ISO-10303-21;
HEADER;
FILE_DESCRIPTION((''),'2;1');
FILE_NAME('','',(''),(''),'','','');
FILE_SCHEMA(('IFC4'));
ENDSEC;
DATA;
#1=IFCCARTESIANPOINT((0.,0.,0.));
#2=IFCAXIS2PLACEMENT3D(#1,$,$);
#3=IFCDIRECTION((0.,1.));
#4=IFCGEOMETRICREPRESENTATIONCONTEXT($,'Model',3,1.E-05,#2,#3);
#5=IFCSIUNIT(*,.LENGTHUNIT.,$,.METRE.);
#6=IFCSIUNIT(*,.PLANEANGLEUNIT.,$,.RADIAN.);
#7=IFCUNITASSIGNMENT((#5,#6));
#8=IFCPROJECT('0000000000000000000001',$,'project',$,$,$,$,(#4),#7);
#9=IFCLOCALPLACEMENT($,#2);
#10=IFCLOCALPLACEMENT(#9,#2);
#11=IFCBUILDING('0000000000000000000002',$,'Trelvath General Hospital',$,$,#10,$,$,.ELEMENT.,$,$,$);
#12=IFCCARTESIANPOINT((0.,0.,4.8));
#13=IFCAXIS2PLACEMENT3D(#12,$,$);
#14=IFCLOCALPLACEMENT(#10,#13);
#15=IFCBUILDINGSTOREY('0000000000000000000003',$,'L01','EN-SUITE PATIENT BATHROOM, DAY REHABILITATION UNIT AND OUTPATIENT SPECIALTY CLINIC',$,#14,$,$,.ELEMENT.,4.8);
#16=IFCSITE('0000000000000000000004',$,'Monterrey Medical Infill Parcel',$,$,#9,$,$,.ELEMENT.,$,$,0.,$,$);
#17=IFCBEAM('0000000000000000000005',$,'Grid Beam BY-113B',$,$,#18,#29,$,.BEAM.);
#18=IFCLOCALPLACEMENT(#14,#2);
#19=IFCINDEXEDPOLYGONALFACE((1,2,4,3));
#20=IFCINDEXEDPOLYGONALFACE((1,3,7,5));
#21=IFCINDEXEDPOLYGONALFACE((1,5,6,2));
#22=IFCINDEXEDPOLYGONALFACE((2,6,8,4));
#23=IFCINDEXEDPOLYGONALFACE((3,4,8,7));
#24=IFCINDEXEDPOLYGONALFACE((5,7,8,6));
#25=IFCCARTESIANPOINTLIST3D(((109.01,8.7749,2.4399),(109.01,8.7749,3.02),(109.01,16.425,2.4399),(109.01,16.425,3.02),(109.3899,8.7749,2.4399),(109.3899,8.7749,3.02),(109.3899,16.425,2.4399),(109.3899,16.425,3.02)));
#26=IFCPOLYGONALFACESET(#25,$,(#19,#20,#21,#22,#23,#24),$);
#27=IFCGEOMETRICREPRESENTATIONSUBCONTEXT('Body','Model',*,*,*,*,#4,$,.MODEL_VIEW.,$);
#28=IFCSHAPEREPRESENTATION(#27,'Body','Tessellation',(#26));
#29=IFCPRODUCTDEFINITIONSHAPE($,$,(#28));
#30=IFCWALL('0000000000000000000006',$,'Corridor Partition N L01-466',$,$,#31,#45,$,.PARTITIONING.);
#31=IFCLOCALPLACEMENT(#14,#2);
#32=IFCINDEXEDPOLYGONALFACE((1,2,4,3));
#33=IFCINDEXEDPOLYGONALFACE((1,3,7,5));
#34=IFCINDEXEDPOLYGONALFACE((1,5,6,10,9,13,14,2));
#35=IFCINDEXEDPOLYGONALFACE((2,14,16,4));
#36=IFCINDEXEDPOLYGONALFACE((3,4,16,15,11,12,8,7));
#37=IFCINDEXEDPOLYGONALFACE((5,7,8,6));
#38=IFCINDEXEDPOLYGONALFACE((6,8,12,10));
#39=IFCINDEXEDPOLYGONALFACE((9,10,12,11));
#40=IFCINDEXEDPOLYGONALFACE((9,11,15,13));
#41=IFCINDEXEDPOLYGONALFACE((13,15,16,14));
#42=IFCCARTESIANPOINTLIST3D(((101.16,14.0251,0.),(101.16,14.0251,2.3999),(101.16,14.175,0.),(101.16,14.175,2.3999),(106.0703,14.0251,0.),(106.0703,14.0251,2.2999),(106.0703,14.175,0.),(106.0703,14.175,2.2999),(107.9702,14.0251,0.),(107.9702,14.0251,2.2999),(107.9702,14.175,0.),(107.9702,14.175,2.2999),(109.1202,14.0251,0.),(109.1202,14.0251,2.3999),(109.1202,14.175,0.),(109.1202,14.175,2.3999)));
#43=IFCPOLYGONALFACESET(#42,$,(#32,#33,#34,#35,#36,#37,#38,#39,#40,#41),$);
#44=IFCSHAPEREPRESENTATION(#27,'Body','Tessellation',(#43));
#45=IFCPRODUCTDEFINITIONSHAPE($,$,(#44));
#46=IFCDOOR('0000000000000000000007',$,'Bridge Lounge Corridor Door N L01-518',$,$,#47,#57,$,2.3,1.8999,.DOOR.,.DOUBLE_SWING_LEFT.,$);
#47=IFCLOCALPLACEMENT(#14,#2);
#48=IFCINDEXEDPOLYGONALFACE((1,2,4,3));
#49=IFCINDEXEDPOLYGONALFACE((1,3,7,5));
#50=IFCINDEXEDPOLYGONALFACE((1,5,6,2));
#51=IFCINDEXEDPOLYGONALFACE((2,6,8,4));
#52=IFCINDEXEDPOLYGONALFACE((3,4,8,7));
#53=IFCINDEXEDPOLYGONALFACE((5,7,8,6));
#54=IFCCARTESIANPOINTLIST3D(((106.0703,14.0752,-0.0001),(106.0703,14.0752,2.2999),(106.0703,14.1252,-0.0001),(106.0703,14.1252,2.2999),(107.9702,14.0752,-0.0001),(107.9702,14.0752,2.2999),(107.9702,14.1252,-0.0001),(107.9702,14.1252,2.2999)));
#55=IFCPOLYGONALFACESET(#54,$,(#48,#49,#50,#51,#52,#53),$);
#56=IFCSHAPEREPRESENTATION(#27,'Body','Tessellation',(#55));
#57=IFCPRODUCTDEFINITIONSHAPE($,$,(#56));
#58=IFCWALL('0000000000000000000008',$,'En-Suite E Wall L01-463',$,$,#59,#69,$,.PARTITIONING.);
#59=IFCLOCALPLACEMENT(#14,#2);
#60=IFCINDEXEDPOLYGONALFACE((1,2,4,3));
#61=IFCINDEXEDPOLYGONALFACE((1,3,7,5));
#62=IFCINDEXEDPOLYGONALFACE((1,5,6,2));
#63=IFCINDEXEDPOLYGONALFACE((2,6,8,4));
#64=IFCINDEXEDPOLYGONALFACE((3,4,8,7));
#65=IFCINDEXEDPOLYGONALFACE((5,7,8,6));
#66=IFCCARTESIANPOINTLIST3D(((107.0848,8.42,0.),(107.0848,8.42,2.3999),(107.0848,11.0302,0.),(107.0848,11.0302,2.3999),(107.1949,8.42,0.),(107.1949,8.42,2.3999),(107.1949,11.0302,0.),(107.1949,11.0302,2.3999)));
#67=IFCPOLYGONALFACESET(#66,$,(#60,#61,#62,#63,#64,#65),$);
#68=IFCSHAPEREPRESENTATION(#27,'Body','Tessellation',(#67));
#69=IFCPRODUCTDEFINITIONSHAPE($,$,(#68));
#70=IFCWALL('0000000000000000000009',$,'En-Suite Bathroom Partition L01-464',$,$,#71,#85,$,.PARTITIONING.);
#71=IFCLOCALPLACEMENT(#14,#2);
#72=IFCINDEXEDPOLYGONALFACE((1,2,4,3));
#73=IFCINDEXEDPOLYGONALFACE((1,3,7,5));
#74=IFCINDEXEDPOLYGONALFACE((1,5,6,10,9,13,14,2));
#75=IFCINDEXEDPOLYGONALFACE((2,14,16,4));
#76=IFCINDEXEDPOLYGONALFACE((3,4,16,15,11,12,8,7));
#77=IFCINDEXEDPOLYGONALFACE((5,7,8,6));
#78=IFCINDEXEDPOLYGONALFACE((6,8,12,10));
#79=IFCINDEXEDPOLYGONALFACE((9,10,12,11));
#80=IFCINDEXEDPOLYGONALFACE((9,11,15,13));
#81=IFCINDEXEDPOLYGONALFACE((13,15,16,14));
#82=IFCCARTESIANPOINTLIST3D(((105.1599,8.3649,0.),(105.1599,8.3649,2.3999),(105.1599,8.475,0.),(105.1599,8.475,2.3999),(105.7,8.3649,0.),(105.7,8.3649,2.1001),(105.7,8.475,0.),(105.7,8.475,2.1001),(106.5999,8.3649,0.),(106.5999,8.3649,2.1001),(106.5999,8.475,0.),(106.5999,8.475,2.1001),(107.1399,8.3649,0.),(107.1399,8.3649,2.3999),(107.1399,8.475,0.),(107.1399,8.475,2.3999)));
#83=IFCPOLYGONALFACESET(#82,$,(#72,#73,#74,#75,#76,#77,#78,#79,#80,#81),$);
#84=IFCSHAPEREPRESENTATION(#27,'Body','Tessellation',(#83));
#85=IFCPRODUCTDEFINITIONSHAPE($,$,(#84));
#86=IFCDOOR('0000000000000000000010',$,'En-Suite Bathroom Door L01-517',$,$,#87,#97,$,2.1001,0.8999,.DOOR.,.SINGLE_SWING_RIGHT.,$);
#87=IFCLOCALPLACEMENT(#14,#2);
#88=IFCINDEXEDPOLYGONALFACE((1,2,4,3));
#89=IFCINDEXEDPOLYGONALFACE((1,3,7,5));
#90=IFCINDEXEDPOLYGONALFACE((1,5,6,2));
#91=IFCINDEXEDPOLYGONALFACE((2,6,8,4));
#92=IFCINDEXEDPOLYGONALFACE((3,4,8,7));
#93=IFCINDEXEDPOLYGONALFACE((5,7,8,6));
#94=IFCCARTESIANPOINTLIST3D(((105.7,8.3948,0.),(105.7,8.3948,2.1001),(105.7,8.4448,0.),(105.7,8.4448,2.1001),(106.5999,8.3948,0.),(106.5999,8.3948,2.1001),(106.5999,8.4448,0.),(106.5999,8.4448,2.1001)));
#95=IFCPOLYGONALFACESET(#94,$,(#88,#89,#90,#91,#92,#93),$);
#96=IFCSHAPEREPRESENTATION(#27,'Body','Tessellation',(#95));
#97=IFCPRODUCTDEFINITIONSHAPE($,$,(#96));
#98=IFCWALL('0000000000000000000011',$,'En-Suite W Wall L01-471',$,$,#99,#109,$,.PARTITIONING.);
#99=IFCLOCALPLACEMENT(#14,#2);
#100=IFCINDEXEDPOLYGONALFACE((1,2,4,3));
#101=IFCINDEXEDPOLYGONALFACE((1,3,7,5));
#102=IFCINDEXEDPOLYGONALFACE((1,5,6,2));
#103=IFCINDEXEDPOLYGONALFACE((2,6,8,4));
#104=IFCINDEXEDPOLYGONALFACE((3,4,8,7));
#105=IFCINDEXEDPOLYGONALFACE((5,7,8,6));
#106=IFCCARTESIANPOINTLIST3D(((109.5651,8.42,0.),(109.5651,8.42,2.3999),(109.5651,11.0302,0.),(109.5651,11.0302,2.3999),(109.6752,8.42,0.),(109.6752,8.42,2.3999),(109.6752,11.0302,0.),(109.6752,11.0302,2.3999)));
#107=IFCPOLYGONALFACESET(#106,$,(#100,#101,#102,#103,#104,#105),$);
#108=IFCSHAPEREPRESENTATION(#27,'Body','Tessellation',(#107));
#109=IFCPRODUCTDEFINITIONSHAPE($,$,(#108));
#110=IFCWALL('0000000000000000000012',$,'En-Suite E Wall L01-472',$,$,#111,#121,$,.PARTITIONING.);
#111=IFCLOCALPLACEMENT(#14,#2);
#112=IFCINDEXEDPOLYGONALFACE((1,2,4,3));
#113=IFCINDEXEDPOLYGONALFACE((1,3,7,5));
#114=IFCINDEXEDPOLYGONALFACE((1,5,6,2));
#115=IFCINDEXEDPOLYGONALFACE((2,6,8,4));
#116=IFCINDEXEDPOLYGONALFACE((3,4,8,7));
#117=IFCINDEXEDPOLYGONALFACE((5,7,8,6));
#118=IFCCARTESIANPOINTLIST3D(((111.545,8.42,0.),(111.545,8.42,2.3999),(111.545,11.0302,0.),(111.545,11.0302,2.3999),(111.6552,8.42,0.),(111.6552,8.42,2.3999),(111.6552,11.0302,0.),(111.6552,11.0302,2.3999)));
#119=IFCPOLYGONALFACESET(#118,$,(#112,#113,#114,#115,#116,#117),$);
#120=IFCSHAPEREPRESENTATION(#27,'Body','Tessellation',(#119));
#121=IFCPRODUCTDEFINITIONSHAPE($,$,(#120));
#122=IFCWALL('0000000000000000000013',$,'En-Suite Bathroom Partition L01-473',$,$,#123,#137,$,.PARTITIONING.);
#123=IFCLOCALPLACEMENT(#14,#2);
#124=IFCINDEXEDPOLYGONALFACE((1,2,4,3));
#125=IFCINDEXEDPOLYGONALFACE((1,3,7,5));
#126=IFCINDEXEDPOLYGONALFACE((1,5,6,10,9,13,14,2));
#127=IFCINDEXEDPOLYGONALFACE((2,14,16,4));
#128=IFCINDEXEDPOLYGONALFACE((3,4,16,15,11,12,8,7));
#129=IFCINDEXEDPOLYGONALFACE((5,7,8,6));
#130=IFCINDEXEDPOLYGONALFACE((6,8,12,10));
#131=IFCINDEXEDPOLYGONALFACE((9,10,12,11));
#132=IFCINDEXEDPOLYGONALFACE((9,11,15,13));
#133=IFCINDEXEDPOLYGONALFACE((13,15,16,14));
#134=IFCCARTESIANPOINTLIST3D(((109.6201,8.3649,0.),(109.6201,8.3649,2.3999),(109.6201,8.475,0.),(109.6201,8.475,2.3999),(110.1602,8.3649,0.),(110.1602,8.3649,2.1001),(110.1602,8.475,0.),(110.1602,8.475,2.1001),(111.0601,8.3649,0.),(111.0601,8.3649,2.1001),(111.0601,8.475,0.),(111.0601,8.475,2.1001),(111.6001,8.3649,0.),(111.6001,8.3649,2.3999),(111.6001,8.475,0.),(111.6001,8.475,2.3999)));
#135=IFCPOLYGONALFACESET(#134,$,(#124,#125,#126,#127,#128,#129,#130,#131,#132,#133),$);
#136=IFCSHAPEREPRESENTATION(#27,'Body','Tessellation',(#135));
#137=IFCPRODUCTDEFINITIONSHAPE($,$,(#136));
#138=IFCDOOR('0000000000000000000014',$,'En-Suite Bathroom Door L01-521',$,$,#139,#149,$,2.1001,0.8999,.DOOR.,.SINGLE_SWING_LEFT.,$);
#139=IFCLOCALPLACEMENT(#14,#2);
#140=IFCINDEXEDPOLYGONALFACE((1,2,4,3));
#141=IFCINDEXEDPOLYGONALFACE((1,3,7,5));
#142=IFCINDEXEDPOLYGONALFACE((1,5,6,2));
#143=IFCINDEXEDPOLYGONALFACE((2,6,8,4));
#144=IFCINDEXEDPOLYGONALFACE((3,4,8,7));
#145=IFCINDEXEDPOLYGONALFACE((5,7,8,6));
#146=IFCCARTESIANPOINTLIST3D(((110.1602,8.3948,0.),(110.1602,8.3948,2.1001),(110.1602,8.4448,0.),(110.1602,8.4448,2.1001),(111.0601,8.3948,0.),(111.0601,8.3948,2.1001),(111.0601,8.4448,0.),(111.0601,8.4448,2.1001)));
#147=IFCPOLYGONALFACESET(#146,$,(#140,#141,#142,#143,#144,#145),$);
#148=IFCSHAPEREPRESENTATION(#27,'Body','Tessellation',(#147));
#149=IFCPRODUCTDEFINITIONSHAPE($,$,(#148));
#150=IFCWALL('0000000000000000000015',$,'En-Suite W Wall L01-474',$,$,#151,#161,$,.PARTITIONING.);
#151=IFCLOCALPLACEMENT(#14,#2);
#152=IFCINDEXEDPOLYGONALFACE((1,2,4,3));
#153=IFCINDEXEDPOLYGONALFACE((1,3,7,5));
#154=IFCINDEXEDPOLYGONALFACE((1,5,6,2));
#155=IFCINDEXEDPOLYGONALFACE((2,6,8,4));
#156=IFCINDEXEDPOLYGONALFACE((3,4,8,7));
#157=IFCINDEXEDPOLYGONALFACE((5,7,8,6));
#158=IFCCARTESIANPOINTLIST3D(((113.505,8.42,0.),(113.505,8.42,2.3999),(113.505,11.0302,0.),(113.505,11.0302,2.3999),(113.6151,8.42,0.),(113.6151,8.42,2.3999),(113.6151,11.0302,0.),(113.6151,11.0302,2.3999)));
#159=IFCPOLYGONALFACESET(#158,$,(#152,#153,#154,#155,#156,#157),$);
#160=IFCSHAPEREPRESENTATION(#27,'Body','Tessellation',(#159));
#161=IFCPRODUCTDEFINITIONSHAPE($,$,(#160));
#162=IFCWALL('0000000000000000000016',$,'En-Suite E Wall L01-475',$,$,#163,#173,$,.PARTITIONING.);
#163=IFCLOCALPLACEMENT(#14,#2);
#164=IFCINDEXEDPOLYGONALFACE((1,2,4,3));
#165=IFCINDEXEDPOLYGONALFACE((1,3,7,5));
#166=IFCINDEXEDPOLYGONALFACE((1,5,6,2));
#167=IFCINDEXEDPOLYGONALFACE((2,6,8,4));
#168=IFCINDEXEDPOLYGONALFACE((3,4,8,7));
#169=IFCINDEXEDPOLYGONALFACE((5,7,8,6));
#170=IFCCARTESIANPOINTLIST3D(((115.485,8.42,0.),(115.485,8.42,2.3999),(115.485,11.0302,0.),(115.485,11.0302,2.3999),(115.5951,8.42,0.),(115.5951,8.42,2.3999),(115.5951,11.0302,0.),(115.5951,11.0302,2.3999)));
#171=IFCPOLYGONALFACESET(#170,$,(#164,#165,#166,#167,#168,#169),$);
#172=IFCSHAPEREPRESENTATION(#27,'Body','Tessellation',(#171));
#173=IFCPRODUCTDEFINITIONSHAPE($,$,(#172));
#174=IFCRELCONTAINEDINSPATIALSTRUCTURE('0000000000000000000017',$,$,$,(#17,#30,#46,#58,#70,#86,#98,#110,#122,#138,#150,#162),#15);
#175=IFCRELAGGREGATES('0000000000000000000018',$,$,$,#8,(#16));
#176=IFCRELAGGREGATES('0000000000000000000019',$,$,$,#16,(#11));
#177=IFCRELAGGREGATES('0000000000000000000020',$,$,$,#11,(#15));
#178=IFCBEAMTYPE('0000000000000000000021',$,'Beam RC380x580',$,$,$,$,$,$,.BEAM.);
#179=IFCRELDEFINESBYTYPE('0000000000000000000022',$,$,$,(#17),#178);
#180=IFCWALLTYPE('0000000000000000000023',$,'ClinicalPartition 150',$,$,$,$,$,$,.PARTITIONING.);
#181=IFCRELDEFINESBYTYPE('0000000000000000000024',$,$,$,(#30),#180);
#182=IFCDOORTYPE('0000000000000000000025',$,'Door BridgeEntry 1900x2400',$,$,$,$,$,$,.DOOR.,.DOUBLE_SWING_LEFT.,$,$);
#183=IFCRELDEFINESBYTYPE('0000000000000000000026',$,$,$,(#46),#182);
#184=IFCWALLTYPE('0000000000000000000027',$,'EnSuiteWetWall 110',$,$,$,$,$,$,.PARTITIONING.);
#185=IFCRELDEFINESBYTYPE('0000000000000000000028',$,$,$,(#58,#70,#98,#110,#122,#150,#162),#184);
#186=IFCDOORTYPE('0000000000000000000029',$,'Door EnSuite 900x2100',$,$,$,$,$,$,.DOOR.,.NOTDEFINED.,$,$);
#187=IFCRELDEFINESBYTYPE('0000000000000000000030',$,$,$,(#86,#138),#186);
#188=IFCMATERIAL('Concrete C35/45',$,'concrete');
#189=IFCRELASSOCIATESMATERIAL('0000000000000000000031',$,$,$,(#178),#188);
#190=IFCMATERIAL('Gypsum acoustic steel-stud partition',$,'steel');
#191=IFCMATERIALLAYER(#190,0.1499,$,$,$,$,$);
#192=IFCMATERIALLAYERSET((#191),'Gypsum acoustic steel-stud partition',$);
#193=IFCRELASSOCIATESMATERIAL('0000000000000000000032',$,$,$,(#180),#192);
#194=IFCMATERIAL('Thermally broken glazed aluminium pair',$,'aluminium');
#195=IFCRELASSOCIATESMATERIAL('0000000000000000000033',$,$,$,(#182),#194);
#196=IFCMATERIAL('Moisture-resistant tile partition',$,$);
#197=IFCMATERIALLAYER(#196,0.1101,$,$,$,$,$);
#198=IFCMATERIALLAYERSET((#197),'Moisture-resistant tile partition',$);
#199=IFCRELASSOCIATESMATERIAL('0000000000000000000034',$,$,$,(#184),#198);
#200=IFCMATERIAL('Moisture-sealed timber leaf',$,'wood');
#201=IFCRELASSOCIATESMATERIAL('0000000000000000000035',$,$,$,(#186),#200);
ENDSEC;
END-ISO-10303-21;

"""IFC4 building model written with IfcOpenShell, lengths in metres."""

from ifc_helpers import new_model, si_unit, direction, frame, frame_2d, origin, origin_2d, place, context, subcontext, project, spatial, rectangle, extrude, material, layer, layer_set, material_profile, profile_set, type_object, element, fill, save


model = new_model("IFC4")

# Units and contexts
model_context = context("Model", 3, precision=1e-05, world=origin(), true_north=direction((0.0, 1.0)))
body_context = subcontext(model_context, "Body", "Model", "MODEL_VIEW")
ifc_project = project(units=[si_unit("LENGTHUNIT", "METRE"), si_unit("PLANEANGLEUNIT", "RADIAN")], contexts=[model_context])

# Site, building, storey
site_placement = place(None, origin())
site = spatial("IfcSite", under=ifc_project, at=site_placement, Name="Monterrey Medical Infill Parcel", CompositionType="ELEMENT", RefElevation=0.0)
building_placement = place(site_placement, origin())
building = spatial("IfcBuilding", under=site, at=building_placement, Name="Trelvath General Hospital", CompositionType="ELEMENT")
storey_placement = place(building_placement, frame((0.0, 0.0, 4.8)))
storey = spatial("IfcBuildingStorey", under=building, at=storey_placement, Name="L01", Description="EN-SUITE PATIENT BATHROOM, DAY REHABILITATION UNIT AND OUTPATIENT SPECIALTY CLINIC", CompositionType="ELEMENT", Elevation=4.8)

# Beam
ifc_material_1 = material(Name="Concrete C35/45", Category="concrete")
ifc_material_profile = material_profile(ifc_material_1, rectangle(XDim=0.3799, YDim=0.5801, at=origin_2d()), Name="RCB380x580")
ifc_profile_set = profile_set([ifc_material_profile], Name="Concrete C35/45")
beam_type = type_object("IfcBeamType", Name="Beam RC380x580", PredefinedType="BEAM", material=ifc_profile_set)
beam_placement = place(storey_placement, frame((109.2, 8.7749, 2.73), z_axis=(0.0, 1.0, 0.0), x_axis=(-1.0, 0.0, 0.0)))
element("IfcBeam", 1, at=beam_placement, inside=storey, type_object=beam_type, Name="Grid Beam BY-113B", PredefinedType="BEAM", context=body_context, shape_type="SweptSolid", body=[
    extrude(rectangle(XDim=0.3799, YDim=0.5801, at=origin_2d()), origin(), (0.0, 0.0, 1.0), 7.6501),
])

# Wall, opening, door
ifc_material_2 = material(Name="Gypsum acoustic steel-stud partition", Category="steel")
ifc_layer_1 = layer(ifc_material_2, 0.1499)
ifc_layer_set_1 = layer_set([ifc_layer_1], Name="Gypsum acoustic steel-stud partition")
wall_type_1 = type_object("IfcWallType", Name="ClinicalPartition 150", PredefinedType="PARTITIONING", material=ifc_layer_set_1)
wall_1_placement = place(storey_placement, frame((109.1201, 14.1001, 0.0), z_axis=(0.0, 0.0, 1.0), x_axis=(-1.0, 0.0, 0.0)))
wall_1 = element("IfcWall", 2, at=wall_1_placement, inside=storey, type_object=wall_type_1, Name="Corridor Partition N L01-466", PredefinedType="PARTITIONING", context=body_context, shape_type="SweptSolid", body=[
    extrude(rectangle(XDim=7.9602, YDim=0.1499, at=frame_2d((3.98, 0.0))), origin(), (0.0, 0.0, 1.0), 2.3999),
])
opening_1_placement = place(wall_1_placement, frame((1.1499, 0.0, 0.0)))
opening_1 = element("IfcOpeningElement", 3, at=opening_1_placement, cuts=wall_1, PredefinedType="OPENING", context=body_context, shape_type="SweptSolid", body=[
    extrude(rectangle(XDim=1.8999, YDim=2.3, at=frame_2d((0.95, 1.1499))), frame((0.0, 0.085, 0.0), z_axis=(0.0, -1.0, 0.0), x_axis=(1.0, 0.0, 0.0)), (0.0, 0.0, 1.0), 0.1699),
])
ifc_material_3 = material(Name="Thermally broken glazed aluminium pair", Category="aluminium")
door_type_1 = type_object("IfcDoorType", Name="Door BridgeEntry 1900x2400", OperationType="DOUBLE_SWING_LEFT", PredefinedType="DOOR", material=ifc_material_3)
door_1_placement = place(opening_1_placement, origin())
door_1 = element("IfcDoor", 4, at=door_1_placement, inside=storey, type_object=door_type_1, Name="Bridge Lounge Corridor Door N L01-518", OperationType="DOUBLE_SWING_LEFT", OverallHeight=2.3, OverallWidth=1.8999, PredefinedType="DOOR", context=body_context, shape_type="SweptSolid", body=[
    extrude(rectangle(XDim=1.8999, YDim=2.3, at=frame_2d((0.95, 1.1499))), frame((0.0, 0.0249, 0.0), z_axis=(0.0, -1.0, 0.0), x_axis=(1.0, 0.0, 0.0)), (0.0, 0.0, 1.0), 0.05),
])
fill(opening_1, door_1)

# Wall
ifc_material_4 = material(Name="Moisture-resistant tile partition")
ifc_layer_2 = layer(ifc_material_4, 0.1101)
ifc_layer_set_2 = layer_set([ifc_layer_2], Name="Moisture-resistant tile partition")
wall_type_2 = type_object("IfcWallType", Name="EnSuiteWetWall 110", PredefinedType="PARTITIONING", material=ifc_layer_set_2)
wall_2_placement = place(storey_placement, frame((107.1399, 8.4199, 0.0), z_axis=(0.0, 0.0, 1.0), x_axis=(0.0, 1.0, 0.0)))
element("IfcWall", 5, at=wall_2_placement, inside=storey, type_object=wall_type_2, Name="En-Suite E Wall L01-463", PredefinedType="PARTITIONING", context=body_context, shape_type="SweptSolid", body=[
    extrude(rectangle(XDim=2.6101, YDim=0.1101, at=frame_2d((1.3052, 0.0))), origin(), (0.0, 0.0, 1.0), 2.3999),
])

# Wall, opening, door
wall_3_placement = place(storey_placement, frame((105.1599, 8.4199, 0.0), z_axis=(0.0, 0.0, 1.0), x_axis=(1.0, 0.0, 0.0)))
wall_3 = element("IfcWall", 6, at=wall_3_placement, inside=storey, type_object=wall_type_2, Name="En-Suite Bathroom Partition L01-464", PredefinedType="PARTITIONING", context=body_context, shape_type="SweptSolid", body=[
    extrude(rectangle(XDim=1.98, YDim=0.1101, at=frame_2d((0.99, 0.0))), origin(), (0.0, 0.0, 1.0), 2.3999),
])
opening_2_placement = place(wall_3_placement, frame((0.54, 0.0, 0.0)))
opening_2 = element("IfcOpeningElement", 7, at=opening_2_placement, cuts=wall_3, PredefinedType="OPENING", context=body_context, shape_type="SweptSolid", body=[
    extrude(rectangle(XDim=0.8999, YDim=2.1001, at=frame_2d((0.45, 1.05))), frame((0.0, 0.0649, 0.0), z_axis=(0.0, -1.0, 0.0), x_axis=(1.0, 0.0, 0.0)), (0.0, 0.0, 1.0), 0.1301),
])
ifc_material_5 = material(Name="Moisture-sealed timber leaf", Category="wood")
door_type_2 = type_object("IfcDoorType", Name="Door EnSuite 900x2100", OperationType="NOTDEFINED", PredefinedType="DOOR", material=ifc_material_5)
door_2_placement = place(opening_2_placement, origin())
door_2 = element("IfcDoor", 8, at=door_2_placement, inside=storey, type_object=door_type_2, Name="En-Suite Bathroom Door L01-517", OperationType="SINGLE_SWING_RIGHT", OverallHeight=2.1001, OverallWidth=0.8999, PredefinedType="DOOR", context=body_context, shape_type="SweptSolid", body=[
    extrude(rectangle(XDim=0.8999, YDim=2.1001, at=frame_2d((0.45, 1.05))), frame((0.0, 0.0249, 0.0), z_axis=(0.0, -1.0, 0.0), x_axis=(1.0, 0.0, 0.0)), (0.0, 0.0, 1.0), 0.05),
])
fill(opening_2, door_2)

# Walls
for number, where, z_axis, x_axis, name in (
    (9, (109.6201, 8.4199, 0.0), (0.0, 0.0, 1.0), (0.0, 1.0, 0.0), "En-Suite W Wall L01-471"),
    (10, (111.6001, 8.4199, 0.0), (0.0, 0.0, 1.0), (0.0, 1.0, 0.0), "En-Suite E Wall L01-472"),
):
    element("IfcWall", number, at=place(storey_placement, frame(where, z_axis=z_axis, x_axis=x_axis)), inside=storey, type_object=wall_type_2, Name=name, PredefinedType="PARTITIONING", context=body_context, shape_type="SweptSolid", body=[
        extrude(rectangle(XDim=2.6101, YDim=0.1101, at=frame_2d((1.3052, 0.0))), origin(), (0.0, 0.0, 1.0), 2.3999),
    ])

# Wall, opening, door
wall_4_placement = place(storey_placement, frame((109.6201, 8.4199, 0.0), z_axis=(0.0, 0.0, 1.0), x_axis=(1.0, 0.0, 0.0)))
wall_4 = element("IfcWall", 11, at=wall_4_placement, inside=storey, type_object=wall_type_2, Name="En-Suite Bathroom Partition L01-473", PredefinedType="PARTITIONING", context=body_context, shape_type="SweptSolid", body=[
    extrude(rectangle(XDim=1.98, YDim=0.1101, at=frame_2d((0.99, 0.0))), origin(), (0.0, 0.0, 1.0), 2.3999),
])
opening_3_placement = place(wall_4_placement, frame((0.54, 0.0, 0.0)))
opening_3 = element("IfcOpeningElement", 12, at=opening_3_placement, cuts=wall_4, PredefinedType="OPENING", context=body_context, shape_type="SweptSolid", body=[
    extrude(rectangle(XDim=0.8999, YDim=2.1001, at=frame_2d((0.45, 1.05))), frame((0.0, 0.0649, 0.0), z_axis=(0.0, -1.0, 0.0), x_axis=(1.0, 0.0, 0.0)), (0.0, 0.0, 1.0), 0.1301),
])
door_3_placement = place(opening_3_placement, origin())
door_3 = element("IfcDoor", 13, at=door_3_placement, inside=storey, type_object=door_type_2, Name="En-Suite Bathroom Door L01-521", OperationType="SINGLE_SWING_LEFT", OverallHeight=2.1001, OverallWidth=0.8999, PredefinedType="DOOR", context=body_context, shape_type="SweptSolid", body=[
    extrude(rectangle(XDim=0.8999, YDim=2.1001, at=frame_2d((0.45, 1.05))), frame((0.0, 0.0249, 0.0), z_axis=(0.0, -1.0, 0.0), x_axis=(1.0, 0.0, 0.0)), (0.0, 0.0, 1.0), 0.05),
])
fill(opening_3, door_3)

# Walls
for number, where, z_axis, x_axis, name in (
    (14, (113.5601, 8.4199, 0.0), (0.0, 0.0, 1.0), (0.0, 1.0, 0.0), "En-Suite W Wall L01-474"),
    (15, (115.54, 8.4199, 0.0), (0.0, 0.0, 1.0), (0.0, 1.0, 0.0), "En-Suite E Wall L01-475"),
):
    element("IfcWall", number, at=place(storey_placement, frame(where, z_axis=z_axis, x_axis=x_axis)), inside=storey, type_object=wall_type_2, Name=name, PredefinedType="PARTITIONING", context=body_context, shape_type="SweptSolid", body=[
        extrude(rectangle(XDim=2.6101, YDim=0.1101, at=frame_2d((1.3052, 0.0))), origin(), (0.0, 0.0, 1.0), 2.3999),
    ])

save(model, "model.ifc")
